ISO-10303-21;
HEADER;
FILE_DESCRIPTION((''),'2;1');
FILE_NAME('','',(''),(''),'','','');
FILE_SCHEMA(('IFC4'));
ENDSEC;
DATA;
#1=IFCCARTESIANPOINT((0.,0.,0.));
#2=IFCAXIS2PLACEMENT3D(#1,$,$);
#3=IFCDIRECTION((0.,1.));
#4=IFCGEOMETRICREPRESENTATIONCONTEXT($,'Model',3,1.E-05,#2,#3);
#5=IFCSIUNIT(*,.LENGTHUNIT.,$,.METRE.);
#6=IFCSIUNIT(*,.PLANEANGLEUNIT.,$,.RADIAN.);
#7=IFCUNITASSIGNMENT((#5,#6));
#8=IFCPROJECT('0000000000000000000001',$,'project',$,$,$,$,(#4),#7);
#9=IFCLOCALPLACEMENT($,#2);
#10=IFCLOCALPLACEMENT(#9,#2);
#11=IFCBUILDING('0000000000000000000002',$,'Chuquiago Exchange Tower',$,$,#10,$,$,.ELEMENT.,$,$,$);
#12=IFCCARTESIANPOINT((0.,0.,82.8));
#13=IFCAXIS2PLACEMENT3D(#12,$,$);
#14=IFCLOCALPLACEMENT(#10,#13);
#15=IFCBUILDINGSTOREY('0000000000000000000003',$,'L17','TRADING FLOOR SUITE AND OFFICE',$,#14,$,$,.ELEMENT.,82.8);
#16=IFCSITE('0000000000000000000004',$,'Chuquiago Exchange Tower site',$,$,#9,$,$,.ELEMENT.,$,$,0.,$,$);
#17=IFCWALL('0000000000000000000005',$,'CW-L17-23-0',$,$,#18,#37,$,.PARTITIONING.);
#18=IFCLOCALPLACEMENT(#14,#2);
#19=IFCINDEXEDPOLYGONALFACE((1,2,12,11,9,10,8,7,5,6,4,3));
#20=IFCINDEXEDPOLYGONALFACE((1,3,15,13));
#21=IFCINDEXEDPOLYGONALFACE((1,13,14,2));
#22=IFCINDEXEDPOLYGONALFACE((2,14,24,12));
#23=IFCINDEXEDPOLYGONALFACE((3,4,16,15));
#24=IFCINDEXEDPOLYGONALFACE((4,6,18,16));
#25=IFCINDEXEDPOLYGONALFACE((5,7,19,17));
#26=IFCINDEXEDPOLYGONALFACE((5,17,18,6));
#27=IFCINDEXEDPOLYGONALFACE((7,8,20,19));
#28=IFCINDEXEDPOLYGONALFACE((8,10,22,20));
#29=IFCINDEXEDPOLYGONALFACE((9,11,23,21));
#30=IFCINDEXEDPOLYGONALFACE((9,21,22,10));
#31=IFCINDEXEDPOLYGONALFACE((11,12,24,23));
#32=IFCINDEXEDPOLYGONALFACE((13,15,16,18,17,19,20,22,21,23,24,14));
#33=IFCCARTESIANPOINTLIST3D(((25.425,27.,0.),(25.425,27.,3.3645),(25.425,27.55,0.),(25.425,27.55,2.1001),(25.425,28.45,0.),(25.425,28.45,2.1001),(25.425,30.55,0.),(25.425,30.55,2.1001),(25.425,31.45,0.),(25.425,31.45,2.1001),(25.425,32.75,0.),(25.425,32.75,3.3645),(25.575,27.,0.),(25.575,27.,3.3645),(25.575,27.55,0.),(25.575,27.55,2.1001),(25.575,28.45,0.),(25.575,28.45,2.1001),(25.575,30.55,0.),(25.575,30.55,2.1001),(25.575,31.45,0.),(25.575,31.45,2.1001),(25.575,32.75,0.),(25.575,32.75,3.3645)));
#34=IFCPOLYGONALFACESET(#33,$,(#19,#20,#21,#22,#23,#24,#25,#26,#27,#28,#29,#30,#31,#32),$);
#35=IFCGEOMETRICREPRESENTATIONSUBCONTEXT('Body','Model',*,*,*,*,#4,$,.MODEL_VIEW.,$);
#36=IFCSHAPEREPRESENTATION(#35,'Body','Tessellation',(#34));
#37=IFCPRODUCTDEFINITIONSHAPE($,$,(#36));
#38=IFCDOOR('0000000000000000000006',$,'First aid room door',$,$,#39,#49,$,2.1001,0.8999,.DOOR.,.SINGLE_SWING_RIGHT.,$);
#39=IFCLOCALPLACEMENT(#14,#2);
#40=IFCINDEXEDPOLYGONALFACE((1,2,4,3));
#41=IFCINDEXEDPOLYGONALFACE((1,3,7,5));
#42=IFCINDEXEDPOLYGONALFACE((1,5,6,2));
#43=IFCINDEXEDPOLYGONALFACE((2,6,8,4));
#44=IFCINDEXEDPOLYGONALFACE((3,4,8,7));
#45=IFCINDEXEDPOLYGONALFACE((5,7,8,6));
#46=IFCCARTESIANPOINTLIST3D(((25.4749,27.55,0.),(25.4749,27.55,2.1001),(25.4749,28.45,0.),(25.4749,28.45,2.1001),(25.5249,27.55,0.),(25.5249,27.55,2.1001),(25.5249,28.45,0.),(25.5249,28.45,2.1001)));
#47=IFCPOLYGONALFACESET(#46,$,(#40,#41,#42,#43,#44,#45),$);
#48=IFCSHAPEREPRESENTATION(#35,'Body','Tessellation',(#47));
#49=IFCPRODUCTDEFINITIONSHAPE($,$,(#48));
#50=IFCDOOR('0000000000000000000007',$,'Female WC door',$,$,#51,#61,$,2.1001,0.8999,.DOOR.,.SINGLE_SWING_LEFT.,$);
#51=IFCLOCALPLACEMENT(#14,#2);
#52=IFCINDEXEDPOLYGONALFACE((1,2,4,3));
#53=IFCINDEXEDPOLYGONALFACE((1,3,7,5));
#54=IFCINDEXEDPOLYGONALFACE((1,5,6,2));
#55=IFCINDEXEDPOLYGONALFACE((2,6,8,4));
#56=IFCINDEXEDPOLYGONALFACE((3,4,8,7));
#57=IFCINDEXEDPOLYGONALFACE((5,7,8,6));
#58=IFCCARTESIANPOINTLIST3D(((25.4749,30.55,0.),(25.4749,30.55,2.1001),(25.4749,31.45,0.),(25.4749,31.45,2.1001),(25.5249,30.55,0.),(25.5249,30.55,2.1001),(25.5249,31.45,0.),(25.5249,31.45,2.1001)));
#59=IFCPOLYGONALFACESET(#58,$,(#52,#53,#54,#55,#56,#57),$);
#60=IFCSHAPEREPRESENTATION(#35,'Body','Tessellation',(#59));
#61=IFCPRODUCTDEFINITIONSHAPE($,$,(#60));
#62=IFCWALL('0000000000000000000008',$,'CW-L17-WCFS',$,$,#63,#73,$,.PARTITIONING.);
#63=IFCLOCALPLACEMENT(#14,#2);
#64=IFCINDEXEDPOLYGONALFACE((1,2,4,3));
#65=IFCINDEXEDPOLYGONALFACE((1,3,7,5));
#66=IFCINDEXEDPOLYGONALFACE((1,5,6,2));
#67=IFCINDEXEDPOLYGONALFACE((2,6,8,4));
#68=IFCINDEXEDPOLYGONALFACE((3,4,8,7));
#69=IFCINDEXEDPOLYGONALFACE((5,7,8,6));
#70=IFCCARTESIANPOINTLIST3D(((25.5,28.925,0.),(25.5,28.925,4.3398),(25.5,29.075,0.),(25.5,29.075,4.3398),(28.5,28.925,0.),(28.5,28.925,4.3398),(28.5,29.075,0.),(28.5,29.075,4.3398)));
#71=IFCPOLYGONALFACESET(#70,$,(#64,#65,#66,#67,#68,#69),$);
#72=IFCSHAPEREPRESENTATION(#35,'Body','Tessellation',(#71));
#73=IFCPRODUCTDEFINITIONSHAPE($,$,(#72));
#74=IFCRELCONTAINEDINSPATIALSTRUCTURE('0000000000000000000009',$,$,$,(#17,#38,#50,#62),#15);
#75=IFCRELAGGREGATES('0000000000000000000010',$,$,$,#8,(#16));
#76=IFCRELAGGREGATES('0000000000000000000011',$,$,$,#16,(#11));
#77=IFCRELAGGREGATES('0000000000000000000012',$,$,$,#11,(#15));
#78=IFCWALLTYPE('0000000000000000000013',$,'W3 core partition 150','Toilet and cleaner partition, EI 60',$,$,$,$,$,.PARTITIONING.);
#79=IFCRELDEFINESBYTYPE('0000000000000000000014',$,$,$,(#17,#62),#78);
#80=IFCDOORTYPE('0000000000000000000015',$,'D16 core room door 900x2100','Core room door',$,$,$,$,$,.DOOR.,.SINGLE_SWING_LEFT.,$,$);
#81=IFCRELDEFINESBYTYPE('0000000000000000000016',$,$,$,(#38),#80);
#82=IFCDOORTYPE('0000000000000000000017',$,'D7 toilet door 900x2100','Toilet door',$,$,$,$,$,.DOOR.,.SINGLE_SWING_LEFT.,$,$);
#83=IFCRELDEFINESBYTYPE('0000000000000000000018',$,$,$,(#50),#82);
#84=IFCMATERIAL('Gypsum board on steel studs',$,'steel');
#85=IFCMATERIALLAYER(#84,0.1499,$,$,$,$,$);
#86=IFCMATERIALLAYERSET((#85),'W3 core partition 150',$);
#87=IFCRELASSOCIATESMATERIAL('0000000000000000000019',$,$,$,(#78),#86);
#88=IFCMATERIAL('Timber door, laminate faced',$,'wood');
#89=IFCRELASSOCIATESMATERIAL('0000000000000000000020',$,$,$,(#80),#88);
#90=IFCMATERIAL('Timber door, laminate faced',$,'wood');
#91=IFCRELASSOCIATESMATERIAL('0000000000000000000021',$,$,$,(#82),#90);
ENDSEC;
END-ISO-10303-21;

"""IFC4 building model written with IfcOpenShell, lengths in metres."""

from ifc_helpers import new_model, si_unit, direction, frame, frame_2d, origin, place, context, subcontext, project, spatial, rectangle, extrude, material, layer, layer_set, type_object, element, fill, save


model = new_model("IFC4")

# Units and contexts
model_context = context("Model", 3, precision=1e-05, world=origin(), true_north=direction((0.0, 1.0)))
body_context = subcontext(model_context, "Body", "Model", "MODEL_VIEW")
ifc_project = project(units=[si_unit("LENGTHUNIT", "METRE"), si_unit("PLANEANGLEUNIT", "RADIAN")], contexts=[model_context])

# Site, building, storey
site_placement = place(None, origin())
site = spatial("IfcSite", under=ifc_project, at=site_placement, Name="Chuquiago Exchange Tower site", CompositionType="ELEMENT", RefElevation=0.0)
building_placement = place(site_placement, origin())
building = spatial("IfcBuilding", under=site, at=building_placement, Name="Chuquiago Exchange Tower", CompositionType="ELEMENT")
storey_placement = place(building_placement, frame((0.0, 0.0, 82.8)))
storey = spatial("IfcBuildingStorey", under=building, at=storey_placement, Name="L17", Description="TRADING FLOOR SUITE AND OFFICE", CompositionType="ELEMENT", Elevation=82.8)

# Wall, openings, doors
ifc_material_1 = material(Name="Gypsum board on steel studs", Category="steel")
ifc_layer_1 = layer(ifc_material_1, 0.1499)
ifc_layer_set_1 = layer_set([ifc_layer_1], Name="W3 core partition 150")
wall_type_1 = type_object("IfcWallType", Name="W3 core partition 150", Description="Toilet and cleaner partition, EI 60", PredefinedType="PARTITIONING", material=ifc_layer_set_1)
ifc_material_2 = material(Name="Timber door, laminate faced", Category="wood")
door_type_1 = type_object("IfcDoorType", Name="D16 core room door 900x2100", Description="Core room door", OperationType="SINGLE_SWING_LEFT", PredefinedType="DOOR", material=ifc_material_2)
ifc_material_3 = material(Name="Timber door, laminate faced", Category="wood")
door_type_2 = type_object("IfcDoorType", Name="D7 toilet door 900x2100", Description="Toilet door", OperationType="SINGLE_SWING_LEFT", PredefinedType="DOOR", material=ifc_material_3)
wall_1_placement = place(storey_placement, frame((25.5, 27.0, 0.0), z_axis=(0.0, 0.0, 1.0), x_axis=(0.0, 1.0, 0.0)))
wall_1 = element("IfcWall", 1, at=wall_1_placement, inside=storey, type_object=wall_type_1, Name="CW-L17-23-0", PredefinedType="PARTITIONING", context=body_context, shape_type="SweptSolid", body=[
    extrude(rectangle(XDim=5.75, YDim=0.1499, at=frame_2d((2.875, 0.0))), origin(), (0.0, 0.0, 1.0), 3.3645),
])
opening_1_placement = place(wall_1_placement, frame((0.55, 0.0, 0.0)))
opening_1 = element("IfcOpeningElement", 2, at=opening_1_placement, cuts=wall_1, PredefinedType="OPENING", context=body_context, shape_type="SweptSolid", body=[
    extrude(rectangle(XDim=0.8999, YDim=2.1001, at=frame_2d((0.45, 1.05))), frame((0.0, 0.085, 0.0), z_axis=(0.0, -1.0, 0.0), x_axis=(1.0, 0.0, 0.0)), (0.0, 0.0, 1.0), 0.1699),
])
opening_2_placement = place(wall_1_placement, frame((3.55, 0.0, 0.0)))
opening_2 = element("IfcOpeningElement", 3, at=opening_2_placement, cuts=wall_1, PredefinedType="OPENING", context=body_context, shape_type="SweptSolid", body=[
    extrude(rectangle(XDim=0.8999, YDim=2.1001, at=frame_2d((0.45, 1.05))), frame((0.0, 0.085, 0.0), z_axis=(0.0, -1.0, 0.0), x_axis=(1.0, 0.0, 0.0)), (0.0, 0.0, 1.0), 0.1699),
])
door_1_placement = place(opening_1_placement, frame((0.8999, 0.0, 0.0), z_axis=(0.0, 0.0, 1.0), x_axis=(-1.0, 0.0, 0.0)))
door_1 = element("IfcDoor", 4, at=door_1_placement, inside=storey, type_object=door_type_1, Name="First aid room door", OperationType="SINGLE_SWING_RIGHT", OverallHeight=2.1001, OverallWidth=0.8999, PredefinedType="DOOR", context=body_context, shape_type="SweptSolid", body=[
    extrude(rectangle(XDim=0.8999, YDim=2.1001, at=frame_2d((0.45, 1.05))), frame((0.0, 0.0249, 0.0), z_axis=(0.0, -1.0, 0.0), x_axis=(1.0, 0.0, 0.0)), (0.0, 0.0, 1.0), 0.05),
])
fill(opening_1, door_1)
door_2_placement = place(opening_2_placement, frame((0.8999, 0.0, 0.0), z_axis=(0.0, 0.0, 1.0), x_axis=(-1.0, 0.0, 0.0)))
door_2 = element("IfcDoor", 5, at=door_2_placement, inside=storey, type_object=door_type_2, Name="Female WC door", OperationType="SINGLE_SWING_LEFT", OverallHeight=2.1001, OverallWidth=0.8999, PredefinedType="DOOR", context=body_context, shape_type="SweptSolid", body=[
    extrude(rectangle(XDim=0.8999, YDim=2.1001, at=frame_2d((0.45, 1.05))), frame((0.0, 0.0249, 0.0), z_axis=(0.0, -1.0, 0.0), x_axis=(1.0, 0.0, 0.0)), (0.0, 0.0, 1.0), 0.05),
])
fill(opening_2, door_2)

# Wall
wall_2_placement = place(storey_placement, frame((25.5, 29.0, 0.0), z_axis=(0.0, 0.0, 1.0), x_axis=(1.0, 0.0, 0.0)))
element("IfcWall", 6, at=wall_2_placement, inside=storey, type_object=wall_type_1, Name="CW-L17-WCFS", PredefinedType="PARTITIONING", context=body_context, shape_type="SweptSolid", body=[
    extrude(rectangle(XDim=3.0, YDim=0.1499, at=frame_2d((1.5, 0.0))), origin(), (0.0, 0.0, 1.0), 4.3398),
])

save(model, "model.ifc")
